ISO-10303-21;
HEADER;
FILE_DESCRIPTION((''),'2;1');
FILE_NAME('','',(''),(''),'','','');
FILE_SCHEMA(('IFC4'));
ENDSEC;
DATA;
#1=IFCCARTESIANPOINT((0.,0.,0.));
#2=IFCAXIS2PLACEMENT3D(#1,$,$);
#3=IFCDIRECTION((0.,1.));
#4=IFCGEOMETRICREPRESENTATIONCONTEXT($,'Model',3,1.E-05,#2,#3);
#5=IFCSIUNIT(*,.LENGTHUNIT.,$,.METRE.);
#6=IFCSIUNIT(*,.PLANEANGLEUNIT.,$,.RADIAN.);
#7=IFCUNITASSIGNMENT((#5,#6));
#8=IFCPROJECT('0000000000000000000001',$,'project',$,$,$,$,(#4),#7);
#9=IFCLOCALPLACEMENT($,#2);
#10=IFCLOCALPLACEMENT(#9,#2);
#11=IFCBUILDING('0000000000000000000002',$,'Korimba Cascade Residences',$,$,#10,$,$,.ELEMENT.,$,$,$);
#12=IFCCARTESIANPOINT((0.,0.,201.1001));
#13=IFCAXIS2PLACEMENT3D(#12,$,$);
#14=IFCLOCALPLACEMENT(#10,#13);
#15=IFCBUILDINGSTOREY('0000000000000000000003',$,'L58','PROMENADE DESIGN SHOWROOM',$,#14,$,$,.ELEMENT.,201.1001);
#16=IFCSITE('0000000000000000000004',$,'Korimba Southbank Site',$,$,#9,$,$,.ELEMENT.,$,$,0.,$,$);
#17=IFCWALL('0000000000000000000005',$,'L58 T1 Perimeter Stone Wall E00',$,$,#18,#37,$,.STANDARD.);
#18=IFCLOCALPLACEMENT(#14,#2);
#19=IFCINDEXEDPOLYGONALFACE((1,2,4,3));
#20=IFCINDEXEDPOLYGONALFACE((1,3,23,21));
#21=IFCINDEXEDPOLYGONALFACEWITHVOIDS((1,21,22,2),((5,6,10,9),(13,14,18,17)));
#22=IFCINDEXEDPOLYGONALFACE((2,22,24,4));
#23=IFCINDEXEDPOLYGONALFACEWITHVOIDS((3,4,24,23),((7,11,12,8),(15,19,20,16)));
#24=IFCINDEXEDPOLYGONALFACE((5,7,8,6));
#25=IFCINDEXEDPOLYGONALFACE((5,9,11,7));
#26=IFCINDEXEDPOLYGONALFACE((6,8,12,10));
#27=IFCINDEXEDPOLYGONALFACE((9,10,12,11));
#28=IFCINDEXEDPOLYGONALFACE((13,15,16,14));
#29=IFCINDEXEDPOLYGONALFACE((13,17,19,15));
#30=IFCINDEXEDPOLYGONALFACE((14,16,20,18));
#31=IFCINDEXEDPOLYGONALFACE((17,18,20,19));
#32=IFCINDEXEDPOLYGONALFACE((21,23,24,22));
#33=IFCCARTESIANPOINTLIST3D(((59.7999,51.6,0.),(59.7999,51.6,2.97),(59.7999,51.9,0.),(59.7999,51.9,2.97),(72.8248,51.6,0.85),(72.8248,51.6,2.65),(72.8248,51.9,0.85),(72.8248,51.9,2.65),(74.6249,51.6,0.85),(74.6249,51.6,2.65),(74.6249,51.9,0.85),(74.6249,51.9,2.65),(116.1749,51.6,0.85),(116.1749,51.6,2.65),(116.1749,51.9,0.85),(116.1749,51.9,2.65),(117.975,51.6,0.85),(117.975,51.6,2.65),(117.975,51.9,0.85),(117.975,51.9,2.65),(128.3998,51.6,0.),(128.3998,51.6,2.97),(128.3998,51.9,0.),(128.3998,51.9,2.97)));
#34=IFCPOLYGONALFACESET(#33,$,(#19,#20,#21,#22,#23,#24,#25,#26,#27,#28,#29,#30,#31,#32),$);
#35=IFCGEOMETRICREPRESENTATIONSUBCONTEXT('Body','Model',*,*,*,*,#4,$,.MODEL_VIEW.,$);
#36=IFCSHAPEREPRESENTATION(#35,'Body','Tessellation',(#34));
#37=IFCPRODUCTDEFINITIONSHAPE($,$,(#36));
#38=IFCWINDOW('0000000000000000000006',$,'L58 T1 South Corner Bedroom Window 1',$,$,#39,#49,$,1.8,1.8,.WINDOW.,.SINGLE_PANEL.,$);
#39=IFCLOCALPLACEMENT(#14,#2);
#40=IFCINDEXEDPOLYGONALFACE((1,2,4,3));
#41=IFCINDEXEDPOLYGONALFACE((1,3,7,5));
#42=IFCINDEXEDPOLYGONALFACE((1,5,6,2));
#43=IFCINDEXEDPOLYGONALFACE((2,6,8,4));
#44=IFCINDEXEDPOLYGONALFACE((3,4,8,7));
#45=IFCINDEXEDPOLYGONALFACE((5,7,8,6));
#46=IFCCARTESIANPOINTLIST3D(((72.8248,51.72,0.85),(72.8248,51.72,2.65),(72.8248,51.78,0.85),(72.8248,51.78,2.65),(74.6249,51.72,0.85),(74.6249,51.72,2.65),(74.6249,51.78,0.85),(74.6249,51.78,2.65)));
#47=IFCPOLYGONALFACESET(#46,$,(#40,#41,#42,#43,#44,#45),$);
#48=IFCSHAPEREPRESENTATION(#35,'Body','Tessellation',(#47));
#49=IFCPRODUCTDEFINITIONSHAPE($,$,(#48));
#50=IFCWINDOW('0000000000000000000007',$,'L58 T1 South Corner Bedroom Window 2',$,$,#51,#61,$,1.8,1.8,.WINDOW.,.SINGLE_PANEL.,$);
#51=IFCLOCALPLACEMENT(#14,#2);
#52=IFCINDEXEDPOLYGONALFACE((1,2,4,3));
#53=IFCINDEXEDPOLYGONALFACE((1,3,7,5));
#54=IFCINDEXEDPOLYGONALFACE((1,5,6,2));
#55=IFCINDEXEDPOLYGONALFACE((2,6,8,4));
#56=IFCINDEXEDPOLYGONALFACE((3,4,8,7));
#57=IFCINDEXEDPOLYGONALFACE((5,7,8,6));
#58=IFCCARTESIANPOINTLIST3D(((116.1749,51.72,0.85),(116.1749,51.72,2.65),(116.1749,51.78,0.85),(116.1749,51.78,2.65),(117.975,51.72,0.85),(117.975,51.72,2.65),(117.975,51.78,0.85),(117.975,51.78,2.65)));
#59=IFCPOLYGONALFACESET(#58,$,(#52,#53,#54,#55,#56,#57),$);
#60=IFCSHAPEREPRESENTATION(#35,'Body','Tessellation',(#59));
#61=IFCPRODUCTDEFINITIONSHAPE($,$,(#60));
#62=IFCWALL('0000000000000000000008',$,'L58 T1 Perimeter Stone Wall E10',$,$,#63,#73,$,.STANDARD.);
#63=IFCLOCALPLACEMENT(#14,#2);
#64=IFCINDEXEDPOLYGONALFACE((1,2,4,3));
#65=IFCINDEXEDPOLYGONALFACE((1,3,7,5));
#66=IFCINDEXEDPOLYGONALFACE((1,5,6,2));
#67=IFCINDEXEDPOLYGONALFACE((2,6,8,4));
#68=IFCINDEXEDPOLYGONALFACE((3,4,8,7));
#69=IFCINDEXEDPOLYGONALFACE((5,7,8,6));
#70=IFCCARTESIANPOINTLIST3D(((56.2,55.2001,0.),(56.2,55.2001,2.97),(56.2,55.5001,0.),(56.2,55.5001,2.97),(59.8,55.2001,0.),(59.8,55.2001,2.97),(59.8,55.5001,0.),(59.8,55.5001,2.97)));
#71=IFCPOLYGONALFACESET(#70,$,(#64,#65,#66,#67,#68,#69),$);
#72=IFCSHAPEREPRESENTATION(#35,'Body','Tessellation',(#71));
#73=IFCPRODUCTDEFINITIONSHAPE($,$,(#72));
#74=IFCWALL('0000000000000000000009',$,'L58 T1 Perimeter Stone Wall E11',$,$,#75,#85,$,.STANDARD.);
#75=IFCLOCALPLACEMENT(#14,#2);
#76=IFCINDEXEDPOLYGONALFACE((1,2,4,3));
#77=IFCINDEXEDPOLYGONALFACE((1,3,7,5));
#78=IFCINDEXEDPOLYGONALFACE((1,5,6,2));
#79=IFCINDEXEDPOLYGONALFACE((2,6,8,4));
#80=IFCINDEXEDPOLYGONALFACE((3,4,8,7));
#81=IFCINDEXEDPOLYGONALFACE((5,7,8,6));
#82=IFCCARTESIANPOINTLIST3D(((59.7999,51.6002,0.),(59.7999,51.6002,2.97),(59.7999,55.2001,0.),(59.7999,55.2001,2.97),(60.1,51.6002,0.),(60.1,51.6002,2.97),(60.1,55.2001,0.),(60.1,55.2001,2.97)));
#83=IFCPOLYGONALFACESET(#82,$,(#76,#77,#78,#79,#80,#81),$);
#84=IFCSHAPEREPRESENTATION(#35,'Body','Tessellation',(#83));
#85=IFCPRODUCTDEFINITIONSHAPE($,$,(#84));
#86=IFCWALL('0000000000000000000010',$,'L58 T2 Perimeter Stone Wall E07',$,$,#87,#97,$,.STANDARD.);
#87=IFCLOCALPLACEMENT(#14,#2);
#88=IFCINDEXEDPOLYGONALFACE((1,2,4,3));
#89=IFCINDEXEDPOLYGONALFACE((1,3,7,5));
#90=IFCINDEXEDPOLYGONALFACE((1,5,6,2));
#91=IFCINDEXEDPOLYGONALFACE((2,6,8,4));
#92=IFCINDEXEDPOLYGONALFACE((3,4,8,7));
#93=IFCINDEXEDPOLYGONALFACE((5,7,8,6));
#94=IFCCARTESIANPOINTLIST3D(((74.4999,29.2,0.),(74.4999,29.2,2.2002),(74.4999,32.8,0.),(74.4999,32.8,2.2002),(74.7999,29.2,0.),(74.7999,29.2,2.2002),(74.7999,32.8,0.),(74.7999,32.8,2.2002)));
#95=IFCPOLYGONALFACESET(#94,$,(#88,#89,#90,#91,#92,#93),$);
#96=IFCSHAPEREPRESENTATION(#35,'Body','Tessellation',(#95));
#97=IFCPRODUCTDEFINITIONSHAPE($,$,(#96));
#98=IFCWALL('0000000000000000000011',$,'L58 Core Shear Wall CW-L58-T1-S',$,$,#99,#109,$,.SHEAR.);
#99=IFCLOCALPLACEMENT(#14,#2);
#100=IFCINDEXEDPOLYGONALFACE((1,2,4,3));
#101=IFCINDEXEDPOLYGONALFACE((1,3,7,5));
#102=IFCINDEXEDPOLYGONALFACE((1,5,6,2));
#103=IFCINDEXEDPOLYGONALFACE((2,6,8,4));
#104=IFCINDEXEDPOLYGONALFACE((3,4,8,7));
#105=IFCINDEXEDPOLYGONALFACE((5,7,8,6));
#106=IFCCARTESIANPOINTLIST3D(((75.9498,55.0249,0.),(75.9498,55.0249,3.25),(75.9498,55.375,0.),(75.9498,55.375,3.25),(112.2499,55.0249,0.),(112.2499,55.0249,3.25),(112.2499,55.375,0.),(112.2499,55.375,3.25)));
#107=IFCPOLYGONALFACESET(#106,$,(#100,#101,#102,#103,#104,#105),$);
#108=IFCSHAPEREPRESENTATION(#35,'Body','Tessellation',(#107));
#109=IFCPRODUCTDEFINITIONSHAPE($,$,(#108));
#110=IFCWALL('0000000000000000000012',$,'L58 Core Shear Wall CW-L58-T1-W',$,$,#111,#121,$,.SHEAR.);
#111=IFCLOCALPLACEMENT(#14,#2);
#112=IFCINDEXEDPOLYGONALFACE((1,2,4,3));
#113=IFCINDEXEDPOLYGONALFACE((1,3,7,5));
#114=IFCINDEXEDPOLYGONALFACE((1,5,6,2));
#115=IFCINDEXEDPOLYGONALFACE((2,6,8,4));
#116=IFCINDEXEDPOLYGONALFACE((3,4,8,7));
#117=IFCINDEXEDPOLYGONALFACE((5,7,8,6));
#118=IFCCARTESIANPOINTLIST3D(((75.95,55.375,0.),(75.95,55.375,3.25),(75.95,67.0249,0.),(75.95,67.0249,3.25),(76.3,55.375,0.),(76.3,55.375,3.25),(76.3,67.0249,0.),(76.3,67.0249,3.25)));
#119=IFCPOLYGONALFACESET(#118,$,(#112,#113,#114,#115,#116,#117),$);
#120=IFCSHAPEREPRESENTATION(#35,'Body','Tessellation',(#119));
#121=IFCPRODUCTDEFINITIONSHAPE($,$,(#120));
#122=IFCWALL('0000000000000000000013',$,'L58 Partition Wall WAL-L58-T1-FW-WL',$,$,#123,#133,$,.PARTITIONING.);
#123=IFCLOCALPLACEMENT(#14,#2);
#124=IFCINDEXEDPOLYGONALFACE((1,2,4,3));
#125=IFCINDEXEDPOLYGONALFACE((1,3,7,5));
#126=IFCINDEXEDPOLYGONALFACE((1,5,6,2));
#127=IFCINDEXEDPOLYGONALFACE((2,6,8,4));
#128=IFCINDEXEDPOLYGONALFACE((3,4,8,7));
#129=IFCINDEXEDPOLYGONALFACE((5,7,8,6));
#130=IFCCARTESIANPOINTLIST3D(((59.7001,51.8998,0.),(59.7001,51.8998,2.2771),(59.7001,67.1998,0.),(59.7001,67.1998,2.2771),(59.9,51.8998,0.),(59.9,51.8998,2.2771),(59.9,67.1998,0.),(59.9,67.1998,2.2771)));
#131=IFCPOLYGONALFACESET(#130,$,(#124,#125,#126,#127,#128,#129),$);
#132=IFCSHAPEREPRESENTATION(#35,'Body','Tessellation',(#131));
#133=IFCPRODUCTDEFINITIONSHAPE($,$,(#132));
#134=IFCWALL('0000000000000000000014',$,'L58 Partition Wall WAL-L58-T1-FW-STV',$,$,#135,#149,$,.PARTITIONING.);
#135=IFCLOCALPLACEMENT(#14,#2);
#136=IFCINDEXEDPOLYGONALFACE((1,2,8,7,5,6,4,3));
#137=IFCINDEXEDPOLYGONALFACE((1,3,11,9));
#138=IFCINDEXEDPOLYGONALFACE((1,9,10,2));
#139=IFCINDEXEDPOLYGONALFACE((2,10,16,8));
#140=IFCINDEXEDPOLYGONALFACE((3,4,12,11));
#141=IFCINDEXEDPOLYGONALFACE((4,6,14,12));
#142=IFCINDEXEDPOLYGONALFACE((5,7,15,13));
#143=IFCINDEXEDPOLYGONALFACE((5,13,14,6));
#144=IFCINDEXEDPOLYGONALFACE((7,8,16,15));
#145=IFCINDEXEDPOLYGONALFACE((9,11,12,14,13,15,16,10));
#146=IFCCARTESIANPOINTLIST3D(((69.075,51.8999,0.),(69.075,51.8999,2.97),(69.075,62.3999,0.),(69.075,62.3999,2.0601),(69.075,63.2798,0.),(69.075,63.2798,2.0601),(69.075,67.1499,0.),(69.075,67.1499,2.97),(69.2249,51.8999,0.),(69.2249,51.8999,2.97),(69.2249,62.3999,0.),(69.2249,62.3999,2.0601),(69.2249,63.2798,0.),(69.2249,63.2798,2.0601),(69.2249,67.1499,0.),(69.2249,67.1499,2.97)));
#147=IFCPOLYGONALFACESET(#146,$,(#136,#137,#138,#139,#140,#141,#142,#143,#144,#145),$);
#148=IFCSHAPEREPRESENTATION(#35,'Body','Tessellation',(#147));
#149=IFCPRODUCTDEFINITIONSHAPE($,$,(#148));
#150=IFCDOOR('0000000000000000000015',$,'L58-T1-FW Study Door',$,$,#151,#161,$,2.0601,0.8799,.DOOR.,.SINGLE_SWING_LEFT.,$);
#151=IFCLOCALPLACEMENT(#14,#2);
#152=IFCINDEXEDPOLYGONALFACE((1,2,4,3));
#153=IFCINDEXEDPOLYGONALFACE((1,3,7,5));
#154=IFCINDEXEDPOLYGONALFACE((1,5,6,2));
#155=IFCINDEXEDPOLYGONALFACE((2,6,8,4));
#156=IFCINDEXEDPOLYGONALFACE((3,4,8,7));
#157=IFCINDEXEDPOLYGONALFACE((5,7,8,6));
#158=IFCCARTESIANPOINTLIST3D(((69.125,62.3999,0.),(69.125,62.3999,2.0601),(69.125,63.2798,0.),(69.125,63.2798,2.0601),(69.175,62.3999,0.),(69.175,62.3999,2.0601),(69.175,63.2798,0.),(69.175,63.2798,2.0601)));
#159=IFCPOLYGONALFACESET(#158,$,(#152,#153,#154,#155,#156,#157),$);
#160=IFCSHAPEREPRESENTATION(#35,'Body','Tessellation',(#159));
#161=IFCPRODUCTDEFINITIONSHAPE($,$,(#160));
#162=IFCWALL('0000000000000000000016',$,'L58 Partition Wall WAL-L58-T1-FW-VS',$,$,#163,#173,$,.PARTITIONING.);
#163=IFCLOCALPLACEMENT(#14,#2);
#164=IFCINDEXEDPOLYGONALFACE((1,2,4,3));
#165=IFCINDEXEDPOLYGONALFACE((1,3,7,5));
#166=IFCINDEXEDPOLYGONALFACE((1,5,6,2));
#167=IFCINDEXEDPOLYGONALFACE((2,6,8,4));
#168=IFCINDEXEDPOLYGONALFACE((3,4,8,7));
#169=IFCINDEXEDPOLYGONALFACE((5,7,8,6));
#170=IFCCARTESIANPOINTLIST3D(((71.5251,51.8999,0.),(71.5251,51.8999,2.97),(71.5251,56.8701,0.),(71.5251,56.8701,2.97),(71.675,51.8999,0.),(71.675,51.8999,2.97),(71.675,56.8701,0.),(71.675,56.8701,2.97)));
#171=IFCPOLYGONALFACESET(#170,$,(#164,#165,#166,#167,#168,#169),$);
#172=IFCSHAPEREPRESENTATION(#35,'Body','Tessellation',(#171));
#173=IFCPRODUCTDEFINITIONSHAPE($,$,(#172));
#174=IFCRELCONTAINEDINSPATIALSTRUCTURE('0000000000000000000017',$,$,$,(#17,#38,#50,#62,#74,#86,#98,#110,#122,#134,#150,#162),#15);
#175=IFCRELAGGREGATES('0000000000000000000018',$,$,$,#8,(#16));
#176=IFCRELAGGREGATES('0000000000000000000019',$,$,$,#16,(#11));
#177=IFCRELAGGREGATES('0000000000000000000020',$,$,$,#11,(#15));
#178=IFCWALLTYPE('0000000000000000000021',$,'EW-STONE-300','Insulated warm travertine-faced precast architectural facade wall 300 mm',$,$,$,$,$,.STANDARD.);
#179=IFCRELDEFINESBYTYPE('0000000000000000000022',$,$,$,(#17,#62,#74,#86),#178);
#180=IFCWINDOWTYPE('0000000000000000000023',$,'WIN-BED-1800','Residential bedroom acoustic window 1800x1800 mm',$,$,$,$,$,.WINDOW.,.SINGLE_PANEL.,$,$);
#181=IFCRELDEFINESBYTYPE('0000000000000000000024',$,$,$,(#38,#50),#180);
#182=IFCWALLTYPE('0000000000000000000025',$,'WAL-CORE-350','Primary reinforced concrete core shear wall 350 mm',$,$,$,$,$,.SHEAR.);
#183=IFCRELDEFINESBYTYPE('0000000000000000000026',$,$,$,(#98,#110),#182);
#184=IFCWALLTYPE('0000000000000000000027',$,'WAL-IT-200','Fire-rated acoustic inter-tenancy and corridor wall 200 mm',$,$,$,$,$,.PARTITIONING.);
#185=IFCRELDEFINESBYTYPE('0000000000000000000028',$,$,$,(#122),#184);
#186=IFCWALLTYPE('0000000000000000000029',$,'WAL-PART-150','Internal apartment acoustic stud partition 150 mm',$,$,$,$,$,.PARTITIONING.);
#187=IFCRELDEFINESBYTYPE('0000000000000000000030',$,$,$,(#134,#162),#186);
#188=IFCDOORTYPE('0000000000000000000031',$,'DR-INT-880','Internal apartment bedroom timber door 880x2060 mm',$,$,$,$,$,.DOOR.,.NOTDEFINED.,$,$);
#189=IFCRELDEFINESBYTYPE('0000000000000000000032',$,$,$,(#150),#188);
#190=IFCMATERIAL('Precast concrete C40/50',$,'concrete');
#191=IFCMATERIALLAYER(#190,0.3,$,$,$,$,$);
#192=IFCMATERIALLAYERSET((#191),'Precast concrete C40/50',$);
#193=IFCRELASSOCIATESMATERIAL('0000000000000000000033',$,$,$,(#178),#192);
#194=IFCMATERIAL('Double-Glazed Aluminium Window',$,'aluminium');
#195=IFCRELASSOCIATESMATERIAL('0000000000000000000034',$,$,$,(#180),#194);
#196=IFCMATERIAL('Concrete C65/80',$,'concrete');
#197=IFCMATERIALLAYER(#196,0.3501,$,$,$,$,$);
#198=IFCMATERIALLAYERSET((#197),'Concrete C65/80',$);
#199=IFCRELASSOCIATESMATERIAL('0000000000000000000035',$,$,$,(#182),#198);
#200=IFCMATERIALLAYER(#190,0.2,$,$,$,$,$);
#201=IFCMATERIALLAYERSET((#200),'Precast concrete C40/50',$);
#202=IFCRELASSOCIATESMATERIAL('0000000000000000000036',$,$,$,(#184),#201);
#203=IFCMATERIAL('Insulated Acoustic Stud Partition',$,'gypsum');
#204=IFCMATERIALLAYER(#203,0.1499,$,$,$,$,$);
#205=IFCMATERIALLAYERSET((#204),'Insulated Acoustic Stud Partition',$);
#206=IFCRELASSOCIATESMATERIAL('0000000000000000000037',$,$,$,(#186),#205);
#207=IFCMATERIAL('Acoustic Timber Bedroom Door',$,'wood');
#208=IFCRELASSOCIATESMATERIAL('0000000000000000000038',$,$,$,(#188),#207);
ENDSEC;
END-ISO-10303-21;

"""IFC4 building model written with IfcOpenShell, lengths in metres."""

from ifc_helpers import new_model, si_unit, direction, frame, frame_2d, origin, place, context, subcontext, project, spatial, rectangle, extrude, material, layer, layer_set, type_object, element, fill, save


model = new_model("IFC4")

# Units and contexts
model_context = context("Model", 3, precision=1e-05, world=origin(), true_north=direction((0.0, 1.0)))
body_context = subcontext(model_context, "Body", "Model", "MODEL_VIEW")
ifc_project = project(units=[si_unit("LENGTHUNIT", "METRE"), si_unit("PLANEANGLEUNIT", "RADIAN")], contexts=[model_context])

# Site, building, storey
site_placement = place(None, origin())
site = spatial("IfcSite", under=ifc_project, at=site_placement, Name="Korimba Southbank Site", CompositionType="ELEMENT", RefElevation=0.0)
building_placement = place(site_placement, origin())
building = spatial("IfcBuilding", under=site, at=building_placement, Name="Korimba Cascade Residences", CompositionType="ELEMENT")
storey_placement = place(building_placement, frame((0.0, 0.0, 201.1001)))
storey = spatial("IfcBuildingStorey", under=building, at=storey_placement, Name="L58", Description="PROMENADE DESIGN SHOWROOM", CompositionType="ELEMENT", Elevation=201.1001)

# Shared definitions
ifc_material_1 = material(Name="Concrete C65/80", Category="concrete")

# Wall, openings, windows
ifc_material_2 = material(Name="Precast concrete C40/50", Category="concrete")
ifc_layer_1 = layer(ifc_material_2, 0.3)
ifc_layer_set_1 = layer_set([ifc_layer_1], Name="Precast concrete C40/50")
wall_type_1 = type_object("IfcWallType", Name="EW-STONE-300", Description="Insulated warm travertine-faced precast architectural facade wall 300 mm", PredefinedType="STANDARD", material=ifc_layer_set_1)
wall_1_placement = place(storey_placement, frame((59.8, 51.75, 0.0), z_axis=(0.0, 0.0, 1.0), x_axis=(1.0, 0.0, 0.0)))
wall_1 = element("IfcWall", 1, at=wall_1_placement, inside=storey, type_object=wall_type_1, Name="L58 T1 Perimeter Stone Wall E00", PredefinedType="STANDARD", context=body_context, shape_type="SweptSolid", body=[
    extrude(rectangle(XDim=68.5999, YDim=0.3, at=frame_2d((34.2998, 0.0))), origin(), (0.0, 0.0, 1.0), 2.97),
])
opening_1_placement = place(wall_1_placement, frame((13.0249, 0.0, 0.8501)))
opening_1 = element("IfcOpeningElement", 2, at=opening_1_placement, cuts=wall_1, PredefinedType="OPENING", context=body_context, shape_type="SweptSolid", body=[
    extrude(rectangle(XDim=1.8, YDim=1.8, at=frame_2d((0.8999, 0.8999))), frame((0.0, 0.1602, 0.0), z_axis=(0.0, -1.0, 0.0), x_axis=(1.0, 0.0, 0.0)), (0.0, 0.0, 1.0), 0.3201),
])
opening_2_placement = place(wall_1_placement, frame((56.375, 0.0, 0.8501)))
opening_2 = element("IfcOpeningElement", 3, at=opening_2_placement, cuts=wall_1, PredefinedType="OPENING", context=body_context, shape_type="SweptSolid", body=[
    extrude(rectangle(XDim=1.8, YDim=1.8, at=frame_2d((0.8999, 0.8999))), frame((0.0, 0.1602, 0.0), z_axis=(0.0, -1.0, 0.0), x_axis=(1.0, 0.0, 0.0)), (0.0, 0.0, 1.0), 0.3201),
])
ifc_material_3 = material(Name="Double-Glazed Aluminium Window", Category="aluminium")
window_type = type_object("IfcWindowType", Name="WIN-BED-1800", Description="Residential bedroom acoustic window 1800x1800 mm", PartitioningType="SINGLE_PANEL", PredefinedType="WINDOW", material=ifc_material_3)
window_1_placement = place(opening_1_placement, origin())
window_1 = element("IfcWindow", 4, at=window_1_placement, inside=storey, type_object=window_type, Name="L58 T1 South Corner Bedroom Window 1", OverallHeight=1.8, OverallWidth=1.8, PartitioningType="SINGLE_PANEL", PredefinedType="WINDOW", context=body_context, shape_type="SweptSolid", body=[
    extrude(rectangle(XDim=1.8, YDim=1.8, at=frame_2d((0.8999, 0.8999))), frame((0.0, 0.03, 0.0), z_axis=(0.0, -1.0, 0.0), x_axis=(1.0, 0.0, 0.0)), (0.0, 0.0, 1.0), 0.0601),
])
fill(opening_1, window_1)
window_2_placement = place(opening_2_placement, origin())
window_2 = element("IfcWindow", 5, at=window_2_placement, inside=storey, type_object=window_type, Name="L58 T1 South Corner Bedroom Window 2", OverallHeight=1.8, OverallWidth=1.8, PartitioningType="SINGLE_PANEL", PredefinedType="WINDOW", context=body_context, shape_type="SweptSolid", body=[
    extrude(rectangle(XDim=1.8, YDim=1.8, at=frame_2d((0.8999, 0.8999))), frame((0.0, 0.03, 0.0), z_axis=(0.0, -1.0, 0.0), x_axis=(1.0, 0.0, 0.0)), (0.0, 0.0, 1.0), 0.0601),
])
fill(opening_2, window_2)

# Walls
wall_2_placement = place(storey_placement, frame((56.2, 55.3501, 0.0), z_axis=(0.0, 0.0, 1.0), x_axis=(1.0, 0.0, 0.0)))
element("IfcWall", 6, at=wall_2_placement, inside=storey, type_object=wall_type_1, Name="L58 T1 Perimeter Stone Wall E10", PredefinedType="STANDARD", context=body_context, shape_type="SweptSolid", body=[
    extrude(rectangle(XDim=3.6001, YDim=0.3, at=frame_2d((1.8, 0.0))), origin(), (0.0, 0.0, 1.0), 2.97),
])
wall_3_placement = place(storey_placement, frame((59.95, 55.2, 0.0), z_axis=(0.0, 0.0, 1.0), x_axis=(0.0, -1.0, 0.0)))
element("IfcWall", 7, at=wall_3_placement, inside=storey, type_object=wall_type_1, Name="L58 T1 Perimeter Stone Wall E11", PredefinedType="STANDARD", context=body_context, shape_type="SweptSolid", body=[
    extrude(rectangle(XDim=3.5999, YDim=0.3, at=frame_2d((1.7998, 0.0))), origin(), (0.0, 0.0, 1.0), 2.97),
])
wall_4_placement = place(storey_placement, frame((74.6499, 32.8, 0.0), z_axis=(0.0, 0.0, 1.0), x_axis=(0.0, -1.0, 0.0)))
element("IfcWall", 8, at=wall_4_placement, inside=storey, type_object=wall_type_1, Name="L58 T2 Perimeter Stone Wall E07", PredefinedType="STANDARD", context=body_context, shape_type="SweptSolid", body=[
    extrude(rectangle(XDim=3.6001, YDim=0.3, at=frame_2d((1.8, 0.0))), origin(), (0.0, 0.0, 1.0), 2.2002),
])
ifc_layer_2 = layer(ifc_material_1, 0.3501)
ifc_layer_set_2 = layer_set([ifc_layer_2], Name="Concrete C65/80")
wall_type_2 = type_object("IfcWallType", Name="WAL-CORE-350", Description="Primary reinforced concrete core shear wall 350 mm", PredefinedType="SHEAR", material=ifc_layer_set_2)
wall_5_placement = place(storey_placement, frame((75.95, 55.2, 0.0), z_axis=(0.0, 0.0, 1.0), x_axis=(1.0, 0.0, 0.0)))
element("IfcWall", 9, at=wall_5_placement, inside=storey, type_object=wall_type_2, Name="L58 Core Shear Wall CW-L58-T1-S", PredefinedType="SHEAR", context=body_context, shape_type="SweptSolid", body=[
    extrude(rectangle(XDim=36.3, YDim=0.3501, at=frame_2d((18.1499, 0.0))), origin(), (0.0, 0.0, 1.0), 3.25),
])
wall_6_placement = place(storey_placement, frame((76.125, 55.375, 0.0), z_axis=(0.0, 0.0, 1.0), x_axis=(0.0, 1.0, 0.0)))
element("IfcWall", 10, at=wall_6_placement, inside=storey, type_object=wall_type_2, Name="L58 Core Shear Wall CW-L58-T1-W", PredefinedType="SHEAR", context=body_context, shape_type="SweptSolid", body=[
    extrude(rectangle(XDim=11.6499, YDim=0.3501, at=frame_2d((5.825, 0.0))), origin(), (0.0, 0.0, 1.0), 3.25),
])
ifc_layer_3 = layer(ifc_material_2, 0.2)
ifc_layer_set_3 = layer_set([ifc_layer_3], Name="Precast concrete C40/50")
wall_type_3 = type_object("IfcWallType", Name="WAL-IT-200", Description="Fire-rated acoustic inter-tenancy and corridor wall 200 mm", PredefinedType="PARTITIONING", material=ifc_layer_set_3)
wall_7_placement = place(storey_placement, frame((59.8, 51.8999, 0.0), z_axis=(0.0, 0.0, 1.0), x_axis=(0.0, 1.0, 0.0)))
element("IfcWall", 11, at=wall_7_placement, inside=storey, type_object=wall_type_3, Name="L58 Partition Wall WAL-L58-T1-FW-WL", PredefinedType="PARTITIONING", context=body_context, shape_type="SweptSolid", body=[
    extrude(rectangle(XDim=15.3, YDim=0.2, at=frame_2d((7.6499, 0.0))), origin(), (0.0, 0.0, 1.0), 2.2771),
])

# Wall, opening, door
ifc_material_4 = material(Name="Insulated Acoustic Stud Partition", Category="gypsum")
ifc_layer_4 = layer(ifc_material_4, 0.1499)
ifc_layer_set_4 = layer_set([ifc_layer_4], Name="Insulated Acoustic Stud Partition")
wall_type_4 = type_object("IfcWallType", Name="WAL-PART-150", Description="Internal apartment acoustic stud partition 150 mm", PredefinedType="PARTITIONING", material=ifc_layer_set_4)
wall_8_placement = place(storey_placement, frame((69.1499, 51.8999, 0.0), z_axis=(0.0, 0.0, 1.0), x_axis=(0.0, 1.0, 0.0)))
wall_8 = element("IfcWall", 12, at=wall_8_placement, inside=storey, type_object=wall_type_4, Name="L58 Partition Wall WAL-L58-T1-FW-STV", PredefinedType="PARTITIONING", context=body_context, shape_type="SweptSolid", body=[
    extrude(rectangle(XDim=15.25, YDim=0.1499, at=frame_2d((7.625, 0.0))), origin(), (0.0, 0.0, 1.0), 2.97),
])
opening_3_placement = place(wall_8_placement, frame((10.5, 0.0, 0.0)))
opening_3 = element("IfcOpeningElement", 13, at=opening_3_placement, cuts=wall_8, PredefinedType="OPENING", context=body_context, shape_type="SweptSolid", body=[
    extrude(rectangle(XDim=0.8799, YDim=2.0601, at=frame_2d((0.4399, 1.03))), frame((0.0, 0.085, 0.0), z_axis=(0.0, -1.0, 0.0), x_axis=(1.0, 0.0, 0.0)), (0.0, 0.0, 1.0), 0.1699),
])
ifc_material_5 = material(Name="Acoustic Timber Bedroom Door", Category="wood")
door_type = type_object("IfcDoorType", Name="DR-INT-880", Description="Internal apartment bedroom timber door 880x2060 mm", OperationType="NOTDEFINED", PredefinedType="DOOR", material=ifc_material_5)
door_placement = place(opening_3_placement, origin())
door = element("IfcDoor", 14, at=door_placement, inside=storey, type_object=door_type, Name="L58-T1-FW Study Door", OperationType="SINGLE_SWING_LEFT", OverallHeight=2.0601, OverallWidth=0.8799, PredefinedType="DOOR", context=body_context, shape_type="SweptSolid", body=[
    extrude(rectangle(XDim=0.8799, YDim=2.0601, at=frame_2d((0.4399, 1.03))), frame((0.0, 0.0249, 0.0), z_axis=(0.0, -1.0, 0.0), x_axis=(1.0, 0.0, 0.0)), (0.0, 0.0, 1.0), 0.05),
])
fill(opening_3, door)

# Wall
wall_9_placement = place(storey_placement, frame((71.6001, 51.8999, 0.0), z_axis=(0.0, 0.0, 1.0), x_axis=(0.0, 1.0, 0.0)))
element("IfcWall", 15, at=wall_9_placement, inside=storey, type_object=wall_type_4, Name="L58 Partition Wall WAL-L58-T1-FW-VS", PredefinedType="PARTITIONING", context=body_context, shape_type="SweptSolid", body=[
    extrude(rectangle(XDim=4.9702, YDim=0.1499, at=frame_2d((2.4851, 0.0))), origin(), (0.0, 0.0, 1.0), 2.97),
])

save(model, "model.ifc")
